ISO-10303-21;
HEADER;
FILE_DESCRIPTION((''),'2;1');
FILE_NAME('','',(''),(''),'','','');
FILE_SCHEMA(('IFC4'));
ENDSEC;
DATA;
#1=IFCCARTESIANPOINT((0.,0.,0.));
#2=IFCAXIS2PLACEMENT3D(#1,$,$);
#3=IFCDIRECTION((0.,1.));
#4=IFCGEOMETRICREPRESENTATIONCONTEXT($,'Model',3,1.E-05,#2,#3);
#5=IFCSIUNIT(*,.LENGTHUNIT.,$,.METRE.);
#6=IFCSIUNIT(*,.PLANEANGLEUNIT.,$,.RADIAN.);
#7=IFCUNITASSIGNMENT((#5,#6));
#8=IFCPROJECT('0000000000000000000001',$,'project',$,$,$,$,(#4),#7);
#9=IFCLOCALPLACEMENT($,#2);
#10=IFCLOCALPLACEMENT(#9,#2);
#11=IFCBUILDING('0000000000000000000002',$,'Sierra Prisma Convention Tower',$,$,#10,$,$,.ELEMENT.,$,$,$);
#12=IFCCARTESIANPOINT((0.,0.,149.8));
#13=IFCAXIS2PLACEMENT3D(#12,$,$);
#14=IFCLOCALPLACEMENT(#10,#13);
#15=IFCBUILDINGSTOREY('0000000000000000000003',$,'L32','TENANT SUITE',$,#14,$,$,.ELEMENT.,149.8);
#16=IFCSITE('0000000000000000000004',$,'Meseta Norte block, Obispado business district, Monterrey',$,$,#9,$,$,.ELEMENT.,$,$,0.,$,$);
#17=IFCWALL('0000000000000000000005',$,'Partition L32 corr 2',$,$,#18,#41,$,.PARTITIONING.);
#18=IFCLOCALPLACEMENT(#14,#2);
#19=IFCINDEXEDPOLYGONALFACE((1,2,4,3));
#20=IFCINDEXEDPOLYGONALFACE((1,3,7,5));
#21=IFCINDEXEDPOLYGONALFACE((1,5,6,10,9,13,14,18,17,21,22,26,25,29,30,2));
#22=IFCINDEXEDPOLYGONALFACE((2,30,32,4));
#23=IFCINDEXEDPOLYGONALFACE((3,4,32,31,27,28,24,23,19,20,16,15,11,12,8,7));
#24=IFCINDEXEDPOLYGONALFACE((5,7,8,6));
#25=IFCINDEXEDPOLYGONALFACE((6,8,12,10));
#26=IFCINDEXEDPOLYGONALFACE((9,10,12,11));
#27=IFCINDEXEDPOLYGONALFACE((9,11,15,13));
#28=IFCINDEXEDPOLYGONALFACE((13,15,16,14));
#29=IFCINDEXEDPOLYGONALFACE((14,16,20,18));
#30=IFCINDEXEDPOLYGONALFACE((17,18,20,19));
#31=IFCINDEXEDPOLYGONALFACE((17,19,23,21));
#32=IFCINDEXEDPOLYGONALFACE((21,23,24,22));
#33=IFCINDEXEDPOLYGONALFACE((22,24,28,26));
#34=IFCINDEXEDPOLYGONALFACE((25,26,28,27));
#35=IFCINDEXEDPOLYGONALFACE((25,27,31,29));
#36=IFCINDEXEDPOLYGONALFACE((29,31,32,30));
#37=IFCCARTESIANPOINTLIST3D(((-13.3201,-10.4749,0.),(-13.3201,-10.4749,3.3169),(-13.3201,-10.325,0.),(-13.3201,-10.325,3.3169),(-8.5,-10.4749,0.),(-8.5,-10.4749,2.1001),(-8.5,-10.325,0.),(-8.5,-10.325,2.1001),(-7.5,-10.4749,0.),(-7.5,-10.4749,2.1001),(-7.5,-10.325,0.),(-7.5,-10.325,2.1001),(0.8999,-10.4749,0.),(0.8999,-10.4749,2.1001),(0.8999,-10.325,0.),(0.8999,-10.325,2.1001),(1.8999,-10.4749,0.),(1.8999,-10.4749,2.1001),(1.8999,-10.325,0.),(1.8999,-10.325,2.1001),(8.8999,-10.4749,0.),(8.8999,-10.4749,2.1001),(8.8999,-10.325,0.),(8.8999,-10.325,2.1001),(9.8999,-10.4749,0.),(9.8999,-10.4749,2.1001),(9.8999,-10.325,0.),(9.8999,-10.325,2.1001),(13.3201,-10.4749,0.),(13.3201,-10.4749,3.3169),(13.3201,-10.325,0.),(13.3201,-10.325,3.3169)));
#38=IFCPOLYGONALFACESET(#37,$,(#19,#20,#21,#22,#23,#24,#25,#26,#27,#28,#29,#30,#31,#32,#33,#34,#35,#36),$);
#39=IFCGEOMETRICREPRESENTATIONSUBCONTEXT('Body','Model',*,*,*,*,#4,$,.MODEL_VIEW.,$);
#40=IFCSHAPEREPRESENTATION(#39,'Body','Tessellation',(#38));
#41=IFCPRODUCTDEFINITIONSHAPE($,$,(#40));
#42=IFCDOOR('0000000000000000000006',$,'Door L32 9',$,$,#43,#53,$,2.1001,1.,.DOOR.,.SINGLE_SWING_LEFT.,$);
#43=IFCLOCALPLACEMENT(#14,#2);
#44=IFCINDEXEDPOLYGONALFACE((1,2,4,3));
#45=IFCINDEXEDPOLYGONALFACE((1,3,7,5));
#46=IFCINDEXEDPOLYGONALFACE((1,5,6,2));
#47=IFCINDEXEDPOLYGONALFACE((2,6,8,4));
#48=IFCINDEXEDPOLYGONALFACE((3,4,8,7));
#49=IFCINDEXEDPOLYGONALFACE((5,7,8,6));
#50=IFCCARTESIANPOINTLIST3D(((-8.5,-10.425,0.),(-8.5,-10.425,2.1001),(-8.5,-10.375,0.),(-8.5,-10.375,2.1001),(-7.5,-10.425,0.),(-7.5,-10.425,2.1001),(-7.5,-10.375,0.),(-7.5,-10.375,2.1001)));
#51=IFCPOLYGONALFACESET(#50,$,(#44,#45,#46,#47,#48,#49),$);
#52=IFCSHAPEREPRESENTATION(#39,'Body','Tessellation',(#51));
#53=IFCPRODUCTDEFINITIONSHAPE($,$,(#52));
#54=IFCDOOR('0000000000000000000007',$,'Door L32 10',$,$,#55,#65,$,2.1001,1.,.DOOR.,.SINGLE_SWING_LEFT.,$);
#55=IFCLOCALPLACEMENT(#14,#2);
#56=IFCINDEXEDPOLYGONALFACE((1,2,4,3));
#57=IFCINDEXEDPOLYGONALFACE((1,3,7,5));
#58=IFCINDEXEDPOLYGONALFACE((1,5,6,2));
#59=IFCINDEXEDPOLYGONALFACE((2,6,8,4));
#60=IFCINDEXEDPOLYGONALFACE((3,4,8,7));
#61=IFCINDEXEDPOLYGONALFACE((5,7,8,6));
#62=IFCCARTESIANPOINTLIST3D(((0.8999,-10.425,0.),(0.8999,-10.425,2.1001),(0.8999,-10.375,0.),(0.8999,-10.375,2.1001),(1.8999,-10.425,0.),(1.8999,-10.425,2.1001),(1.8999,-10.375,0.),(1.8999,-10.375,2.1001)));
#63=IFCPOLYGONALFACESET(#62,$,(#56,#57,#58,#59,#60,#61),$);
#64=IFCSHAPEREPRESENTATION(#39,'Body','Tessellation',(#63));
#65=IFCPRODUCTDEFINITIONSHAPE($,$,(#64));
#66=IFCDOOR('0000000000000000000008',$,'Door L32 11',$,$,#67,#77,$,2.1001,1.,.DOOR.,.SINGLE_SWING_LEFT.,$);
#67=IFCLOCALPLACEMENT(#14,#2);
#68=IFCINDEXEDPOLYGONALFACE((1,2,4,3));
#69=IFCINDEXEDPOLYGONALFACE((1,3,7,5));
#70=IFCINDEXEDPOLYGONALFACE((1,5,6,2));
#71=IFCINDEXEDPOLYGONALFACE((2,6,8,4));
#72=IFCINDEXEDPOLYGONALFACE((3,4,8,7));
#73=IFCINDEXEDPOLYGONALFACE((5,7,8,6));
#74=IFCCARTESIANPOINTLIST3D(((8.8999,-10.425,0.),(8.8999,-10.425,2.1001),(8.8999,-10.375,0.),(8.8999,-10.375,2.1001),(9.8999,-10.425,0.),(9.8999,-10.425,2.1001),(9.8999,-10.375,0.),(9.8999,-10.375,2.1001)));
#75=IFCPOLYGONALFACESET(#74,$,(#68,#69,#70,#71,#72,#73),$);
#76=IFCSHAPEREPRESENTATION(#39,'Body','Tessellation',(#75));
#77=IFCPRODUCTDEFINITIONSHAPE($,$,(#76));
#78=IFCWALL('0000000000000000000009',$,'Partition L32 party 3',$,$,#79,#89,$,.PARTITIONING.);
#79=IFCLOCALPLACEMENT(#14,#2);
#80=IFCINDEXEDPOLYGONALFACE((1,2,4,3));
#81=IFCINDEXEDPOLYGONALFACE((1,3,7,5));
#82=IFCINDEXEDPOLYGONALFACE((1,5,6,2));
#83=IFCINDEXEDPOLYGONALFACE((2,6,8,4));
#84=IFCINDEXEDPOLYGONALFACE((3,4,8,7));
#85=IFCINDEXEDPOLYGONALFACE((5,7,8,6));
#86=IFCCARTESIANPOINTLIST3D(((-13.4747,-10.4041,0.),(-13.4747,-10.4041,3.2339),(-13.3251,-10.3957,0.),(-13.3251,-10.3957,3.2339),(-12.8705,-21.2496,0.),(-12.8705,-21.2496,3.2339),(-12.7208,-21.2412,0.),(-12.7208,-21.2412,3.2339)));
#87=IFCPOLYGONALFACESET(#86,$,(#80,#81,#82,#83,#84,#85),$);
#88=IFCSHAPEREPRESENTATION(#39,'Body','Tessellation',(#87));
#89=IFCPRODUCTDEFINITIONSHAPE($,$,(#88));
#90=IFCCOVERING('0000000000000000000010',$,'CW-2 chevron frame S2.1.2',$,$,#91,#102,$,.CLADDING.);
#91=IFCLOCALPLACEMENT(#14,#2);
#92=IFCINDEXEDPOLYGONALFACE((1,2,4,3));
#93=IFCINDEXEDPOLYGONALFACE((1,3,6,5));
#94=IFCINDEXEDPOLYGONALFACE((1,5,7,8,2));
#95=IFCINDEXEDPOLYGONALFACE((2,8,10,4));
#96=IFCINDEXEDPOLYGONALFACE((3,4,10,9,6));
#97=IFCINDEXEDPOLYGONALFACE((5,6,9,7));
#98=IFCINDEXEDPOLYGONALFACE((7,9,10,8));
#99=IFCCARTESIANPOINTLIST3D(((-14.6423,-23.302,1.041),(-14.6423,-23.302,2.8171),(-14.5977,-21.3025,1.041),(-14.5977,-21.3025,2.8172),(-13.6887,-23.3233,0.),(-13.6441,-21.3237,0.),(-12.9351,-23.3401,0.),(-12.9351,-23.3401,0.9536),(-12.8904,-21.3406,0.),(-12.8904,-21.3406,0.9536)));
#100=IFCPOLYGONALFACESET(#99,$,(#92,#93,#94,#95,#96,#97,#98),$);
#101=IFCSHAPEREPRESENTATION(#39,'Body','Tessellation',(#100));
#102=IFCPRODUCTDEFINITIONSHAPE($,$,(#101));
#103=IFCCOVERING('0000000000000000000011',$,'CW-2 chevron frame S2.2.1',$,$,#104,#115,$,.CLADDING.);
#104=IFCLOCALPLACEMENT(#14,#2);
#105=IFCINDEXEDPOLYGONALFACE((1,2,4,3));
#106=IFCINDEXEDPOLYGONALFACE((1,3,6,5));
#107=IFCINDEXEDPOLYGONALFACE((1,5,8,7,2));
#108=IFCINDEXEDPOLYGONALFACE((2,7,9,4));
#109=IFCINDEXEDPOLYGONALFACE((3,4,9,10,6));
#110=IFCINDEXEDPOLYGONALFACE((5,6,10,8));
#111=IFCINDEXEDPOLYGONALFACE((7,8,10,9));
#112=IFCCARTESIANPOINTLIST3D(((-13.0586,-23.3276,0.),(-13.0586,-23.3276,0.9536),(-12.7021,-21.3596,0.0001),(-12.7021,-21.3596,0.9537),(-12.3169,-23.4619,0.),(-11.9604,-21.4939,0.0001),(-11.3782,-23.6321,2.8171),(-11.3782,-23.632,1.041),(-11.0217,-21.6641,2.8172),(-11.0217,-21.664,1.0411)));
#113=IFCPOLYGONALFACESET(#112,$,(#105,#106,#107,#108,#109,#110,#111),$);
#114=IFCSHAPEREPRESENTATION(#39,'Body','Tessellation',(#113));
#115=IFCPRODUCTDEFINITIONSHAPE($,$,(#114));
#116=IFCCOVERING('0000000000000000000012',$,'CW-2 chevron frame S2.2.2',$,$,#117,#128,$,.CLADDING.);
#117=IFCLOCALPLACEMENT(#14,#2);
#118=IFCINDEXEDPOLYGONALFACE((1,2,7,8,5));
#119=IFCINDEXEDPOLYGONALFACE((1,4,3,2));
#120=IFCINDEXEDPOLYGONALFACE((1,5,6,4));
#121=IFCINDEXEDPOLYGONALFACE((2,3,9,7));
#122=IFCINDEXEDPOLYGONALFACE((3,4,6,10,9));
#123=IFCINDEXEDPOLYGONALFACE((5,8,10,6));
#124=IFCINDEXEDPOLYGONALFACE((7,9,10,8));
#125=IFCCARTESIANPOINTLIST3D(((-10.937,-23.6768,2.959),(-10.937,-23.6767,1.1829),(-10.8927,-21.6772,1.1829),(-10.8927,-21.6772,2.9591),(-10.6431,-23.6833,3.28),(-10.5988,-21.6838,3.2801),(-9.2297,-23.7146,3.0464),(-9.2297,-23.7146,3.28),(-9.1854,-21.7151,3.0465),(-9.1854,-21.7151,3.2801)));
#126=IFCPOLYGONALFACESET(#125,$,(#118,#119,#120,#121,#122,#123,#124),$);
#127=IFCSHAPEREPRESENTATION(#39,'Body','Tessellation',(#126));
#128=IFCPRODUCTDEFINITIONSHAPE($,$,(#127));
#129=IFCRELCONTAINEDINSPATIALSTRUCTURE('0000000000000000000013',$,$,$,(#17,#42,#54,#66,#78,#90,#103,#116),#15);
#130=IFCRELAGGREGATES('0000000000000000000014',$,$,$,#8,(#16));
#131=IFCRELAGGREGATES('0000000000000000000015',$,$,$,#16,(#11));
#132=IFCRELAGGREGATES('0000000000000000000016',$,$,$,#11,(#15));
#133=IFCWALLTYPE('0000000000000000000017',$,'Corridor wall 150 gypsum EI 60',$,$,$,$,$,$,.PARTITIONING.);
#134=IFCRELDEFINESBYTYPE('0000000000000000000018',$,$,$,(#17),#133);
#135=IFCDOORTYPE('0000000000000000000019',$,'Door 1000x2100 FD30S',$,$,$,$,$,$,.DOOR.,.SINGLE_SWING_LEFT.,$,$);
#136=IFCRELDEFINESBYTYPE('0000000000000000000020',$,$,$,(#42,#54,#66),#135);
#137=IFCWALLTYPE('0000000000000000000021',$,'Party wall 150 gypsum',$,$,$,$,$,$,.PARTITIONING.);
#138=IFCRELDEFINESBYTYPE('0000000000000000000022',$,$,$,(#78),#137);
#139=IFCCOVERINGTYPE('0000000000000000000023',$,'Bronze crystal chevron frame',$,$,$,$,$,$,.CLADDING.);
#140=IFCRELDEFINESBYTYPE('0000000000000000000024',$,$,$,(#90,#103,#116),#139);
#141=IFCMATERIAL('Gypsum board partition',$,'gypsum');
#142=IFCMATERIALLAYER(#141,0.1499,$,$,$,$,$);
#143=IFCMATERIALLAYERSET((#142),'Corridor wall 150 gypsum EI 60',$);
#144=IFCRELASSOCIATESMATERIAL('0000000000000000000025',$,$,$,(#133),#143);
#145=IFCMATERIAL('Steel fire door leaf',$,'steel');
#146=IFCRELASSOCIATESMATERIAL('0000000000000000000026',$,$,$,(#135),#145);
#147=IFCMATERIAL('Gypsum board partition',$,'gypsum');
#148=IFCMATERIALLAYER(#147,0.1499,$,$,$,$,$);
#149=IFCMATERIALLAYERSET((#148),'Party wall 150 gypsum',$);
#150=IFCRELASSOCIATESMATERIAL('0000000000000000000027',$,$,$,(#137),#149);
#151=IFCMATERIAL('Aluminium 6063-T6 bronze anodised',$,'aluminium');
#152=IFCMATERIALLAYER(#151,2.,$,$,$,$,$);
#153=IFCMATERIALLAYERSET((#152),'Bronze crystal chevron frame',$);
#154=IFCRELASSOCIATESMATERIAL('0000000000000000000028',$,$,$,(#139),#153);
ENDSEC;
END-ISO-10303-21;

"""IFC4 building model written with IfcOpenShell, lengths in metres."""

from ifc_helpers import new_model, si_unit, direction, frame, frame_2d, origin, place, context, subcontext, project, spatial, polyline, rectangle, outline, extrude, material, layer, layer_set, type_object, element, fill, save


model = new_model("IFC4")

# Units and contexts
model_context = context("Model", 3, precision=1e-05, world=origin(), true_north=direction((0.0, 1.0)))
body_context = subcontext(model_context, "Body", "Model", "MODEL_VIEW")
ifc_project = project(units=[si_unit("LENGTHUNIT", "METRE"), si_unit("PLANEANGLEUNIT", "RADIAN")], contexts=[model_context])

# Site, building, storey
site_placement = place(None, origin())
site = spatial("IfcSite", under=ifc_project, at=site_placement, Name="Meseta Norte block, Obispado business district, Monterrey", CompositionType="ELEMENT", RefElevation=0.0)
building_placement = place(site_placement, origin())
building = spatial("IfcBuilding", under=site, at=building_placement, Name="Sierra Prisma Convention Tower", CompositionType="ELEMENT")
storey_placement = place(building_placement, frame((0.0, 0.0, 149.8)))
storey = spatial("IfcBuildingStorey", under=building, at=storey_placement, Name="L32", Description="TENANT SUITE", CompositionType="ELEMENT", Elevation=149.8)

# Wall, openings, doors
ifc_material_1 = material(Name="Gypsum board partition", Category="gypsum")
ifc_layer_1 = layer(ifc_material_1, 0.1499)
ifc_layer_set_1 = layer_set([ifc_layer_1], Name="Corridor wall 150 gypsum EI 60")
wall_type_1 = type_object("IfcWallType", Name="Corridor wall 150 gypsum EI 60", PredefinedType="PARTITIONING", material=ifc_layer_set_1)
wall_1_placement = place(storey_placement, frame((-13.3201, -10.3999, 0.0), z_axis=(0.0, 0.0, 1.0), x_axis=(1.0, 0.0, 0.0)))
wall_1 = element("IfcWall", 1, at=wall_1_placement, inside=storey, type_object=wall_type_1, Name="Partition L32 corr 2", PredefinedType="PARTITIONING", context=body_context, shape_type="SweptSolid", body=[
    extrude(rectangle(XDim=26.6401, YDim=0.1499, at=frame_2d((13.3201, 0.0))), origin(), (0.0, 0.0, 1.0), 3.3169),
])
opening_1_placement = place(wall_1_placement, frame((4.8201, 0.0, 0.0)))
opening_1 = element("IfcOpeningElement", 2, at=opening_1_placement, cuts=wall_1, PredefinedType="OPENING", context=body_context, shape_type="SweptSolid", body=[
    extrude(rectangle(XDim=1.0, YDim=2.1001, at=frame_2d((0.5, 1.05))), frame((0.0, 0.075, 0.0), z_axis=(0.0, -1.0, 0.0), x_axis=(1.0, 0.0, 0.0)), (0.0, 0.0, 1.0), 0.1499),
])
opening_2_placement = place(wall_1_placement, frame((14.22, 0.0, 0.0)))
opening_2 = element("IfcOpeningElement", 3, at=opening_2_placement, cuts=wall_1, PredefinedType="OPENING", context=body_context, shape_type="SweptSolid", body=[
    extrude(rectangle(XDim=1.0, YDim=2.1001, at=frame_2d((0.5, 1.05))), frame((0.0, 0.075, 0.0), z_axis=(0.0, -1.0, 0.0), x_axis=(1.0, 0.0, 0.0)), (0.0, 0.0, 1.0), 0.1499),
])
opening_3_placement = place(wall_1_placement, frame((22.22, 0.0, 0.0)))
opening_3 = element("IfcOpeningElement", 4, at=opening_3_placement, cuts=wall_1, PredefinedType="OPENING", context=body_context, shape_type="SweptSolid", body=[
    extrude(rectangle(XDim=1.0, YDim=2.1001, at=frame_2d((0.5, 1.05))), frame((0.0, 0.075, 0.0), z_axis=(0.0, -1.0, 0.0), x_axis=(1.0, 0.0, 0.0)), (0.0, 0.0, 1.0), 0.1499),
])
ifc_material_2 = material(Name="Steel fire door leaf", Category="steel")
door_type = type_object("IfcDoorType", Name="Door 1000x2100 FD30S", OperationType="SINGLE_SWING_LEFT", PredefinedType="DOOR", material=ifc_material_2)
door_1_placement = place(opening_1_placement, origin())
door_1 = element("IfcDoor", 5, at=door_1_placement, inside=storey, type_object=door_type, Name="Door L32 9", OperationType="SINGLE_SWING_LEFT", OverallHeight=2.1001, OverallWidth=1.0, PredefinedType="DOOR", context=body_context, shape_type="SweptSolid", body=[
    extrude(rectangle(XDim=1.0, YDim=2.1001, at=frame_2d((0.5, 1.05))), frame((0.0, 0.0249, 0.0), z_axis=(0.0, -1.0, 0.0), x_axis=(1.0, 0.0, 0.0)), (0.0, 0.0, 1.0), 0.05),
])
fill(opening_1, door_1)
door_2_placement = place(opening_2_placement, origin())
door_2 = element("IfcDoor", 6, at=door_2_placement, inside=storey, type_object=door_type, Name="Door L32 10", OperationType="SINGLE_SWING_LEFT", OverallHeight=2.1001, OverallWidth=1.0, PredefinedType="DOOR", context=body_context, shape_type="SweptSolid", body=[
    extrude(rectangle(XDim=1.0, YDim=2.1001, at=frame_2d((0.5, 1.05))), frame((0.0, 0.0249, 0.0), z_axis=(0.0, -1.0, 0.0), x_axis=(1.0, 0.0, 0.0)), (0.0, 0.0, 1.0), 0.05),
])
fill(opening_2, door_2)
door_3_placement = place(opening_3_placement, origin())
door_3 = element("IfcDoor", 7, at=door_3_placement, inside=storey, type_object=door_type, Name="Door L32 11", OperationType="SINGLE_SWING_LEFT", OverallHeight=2.1001, OverallWidth=1.0, PredefinedType="DOOR", context=body_context, shape_type="SweptSolid", body=[
    extrude(rectangle(XDim=1.0, YDim=2.1001, at=frame_2d((0.5, 1.05))), frame((0.0, 0.0249, 0.0), z_axis=(0.0, -1.0, 0.0), x_axis=(1.0, 0.0, 0.0)), (0.0, 0.0, 1.0), 0.05),
])
fill(opening_3, door_3)

# Wall
ifc_material_3 = material(Name="Gypsum board partition", Category="gypsum")
ifc_layer_2 = layer(ifc_material_3, 0.1499)
ifc_layer_set_2 = layer_set([ifc_layer_2], Name="Party wall 150 gypsum")
wall_type_2 = type_object("IfcWallType", Name="Party wall 150 gypsum", PredefinedType="PARTITIONING", material=ifc_layer_set_2)
wall_2_placement = place(storey_placement, frame((-13.3999, -10.3999, 0.0), z_axis=(0.0, 0.0, 1.0), x_axis=(0.055628, -0.998452, 0.0)))
element("IfcWall", 8, at=wall_2_placement, inside=storey, type_object=wall_type_2, Name="Partition L32 party 3", PredefinedType="PARTITIONING", context=body_context, shape_type="SweptSolid", body=[
    extrude(rectangle(XDim=10.8623, YDim=0.1499, at=frame_2d((5.4312, 0.0))), origin(), (0.0, 0.0, 1.0), 3.2339),
])

# Coverings
ifc_material_4 = material(Name="Aluminium 6063-T6 bronze anodised", Category="aluminium")
ifc_layer_3 = layer(ifc_material_4, 2.0)
ifc_layer_set_3 = layer_set([ifc_layer_3], Name="Bronze crystal chevron frame")
covering_type = type_object("IfcCoveringType", Name="Bronze crystal chevron frame", PredefinedType="CLADDING", material=ifc_layer_set_3)
covering_1_placement = place(storey_placement, frame((-14.6423, -23.302, 2.8171), z_axis=(-0.022309, -0.999751, -0.00001), x_axis=(0.0, 0.00001, -1.0)))
element("IfcCovering", 9, at=covering_1_placement, inside=storey, type_object=covering_type, Name="CW-2 chevron frame S2.1.2", PredefinedType="CLADDING", context=body_context, shape_type="SweptSolid", body=[
    extrude(outline(polyline([(0.0, 0.0), (1.7761, 0.0), (2.8171, 0.9538), (2.8171, 1.7077), (1.8635, 1.7077), (0.0, 0.0)])), origin(), (0.0, 0.0, -1.0), 2.0),
])
covering_2_placement = place(storey_placement, frame((-12.3169, -23.4619, 0.0), z_axis=(-0.178251, -0.983985, -0.00003), x_axis=(0.664806, -0.120454, 0.737241)))
element("IfcCovering", 10, at=covering_2_placement, inside=storey, type_object=covering_type, Name="CW-2 chevron frame S2.2.1", PredefinedType="CLADDING", context=body_context, shape_type="SweptSolid", body=[
    extrude(outline(polyline([(0.0, 0.0), (1.412, 0.0), (2.7215, 1.2), (0.1938, 1.2), (-0.5093, 0.5557), (0.0, 0.0)])), origin(), (0.0, 0.0, -1.0), 2.0),
])
covering_3_placement = place(storey_placement, frame((-9.2297, -23.7146, 3.28), z_axis=(-0.022153, -0.999755, -0.000034), x_axis=(-0.999755, 0.022153, 0.0)))
element("IfcCovering", 11, at=covering_3_placement, inside=storey, type_object=covering_type, Name="CW-2 chevron frame S2.2.2", PredefinedType="CLADDING", context=body_context, shape_type="SweptSolid", body=[
    extrude(outline(polyline([(0.0, 0.0), (1.4137, 0.0), (1.7077, 0.321), (1.7077, 2.0972), (0.0, 0.2336), (0.0, 0.0)])), origin(), (0.0, 0.0, -1.0), 2.0),
])

save(model, "model.ifc")
